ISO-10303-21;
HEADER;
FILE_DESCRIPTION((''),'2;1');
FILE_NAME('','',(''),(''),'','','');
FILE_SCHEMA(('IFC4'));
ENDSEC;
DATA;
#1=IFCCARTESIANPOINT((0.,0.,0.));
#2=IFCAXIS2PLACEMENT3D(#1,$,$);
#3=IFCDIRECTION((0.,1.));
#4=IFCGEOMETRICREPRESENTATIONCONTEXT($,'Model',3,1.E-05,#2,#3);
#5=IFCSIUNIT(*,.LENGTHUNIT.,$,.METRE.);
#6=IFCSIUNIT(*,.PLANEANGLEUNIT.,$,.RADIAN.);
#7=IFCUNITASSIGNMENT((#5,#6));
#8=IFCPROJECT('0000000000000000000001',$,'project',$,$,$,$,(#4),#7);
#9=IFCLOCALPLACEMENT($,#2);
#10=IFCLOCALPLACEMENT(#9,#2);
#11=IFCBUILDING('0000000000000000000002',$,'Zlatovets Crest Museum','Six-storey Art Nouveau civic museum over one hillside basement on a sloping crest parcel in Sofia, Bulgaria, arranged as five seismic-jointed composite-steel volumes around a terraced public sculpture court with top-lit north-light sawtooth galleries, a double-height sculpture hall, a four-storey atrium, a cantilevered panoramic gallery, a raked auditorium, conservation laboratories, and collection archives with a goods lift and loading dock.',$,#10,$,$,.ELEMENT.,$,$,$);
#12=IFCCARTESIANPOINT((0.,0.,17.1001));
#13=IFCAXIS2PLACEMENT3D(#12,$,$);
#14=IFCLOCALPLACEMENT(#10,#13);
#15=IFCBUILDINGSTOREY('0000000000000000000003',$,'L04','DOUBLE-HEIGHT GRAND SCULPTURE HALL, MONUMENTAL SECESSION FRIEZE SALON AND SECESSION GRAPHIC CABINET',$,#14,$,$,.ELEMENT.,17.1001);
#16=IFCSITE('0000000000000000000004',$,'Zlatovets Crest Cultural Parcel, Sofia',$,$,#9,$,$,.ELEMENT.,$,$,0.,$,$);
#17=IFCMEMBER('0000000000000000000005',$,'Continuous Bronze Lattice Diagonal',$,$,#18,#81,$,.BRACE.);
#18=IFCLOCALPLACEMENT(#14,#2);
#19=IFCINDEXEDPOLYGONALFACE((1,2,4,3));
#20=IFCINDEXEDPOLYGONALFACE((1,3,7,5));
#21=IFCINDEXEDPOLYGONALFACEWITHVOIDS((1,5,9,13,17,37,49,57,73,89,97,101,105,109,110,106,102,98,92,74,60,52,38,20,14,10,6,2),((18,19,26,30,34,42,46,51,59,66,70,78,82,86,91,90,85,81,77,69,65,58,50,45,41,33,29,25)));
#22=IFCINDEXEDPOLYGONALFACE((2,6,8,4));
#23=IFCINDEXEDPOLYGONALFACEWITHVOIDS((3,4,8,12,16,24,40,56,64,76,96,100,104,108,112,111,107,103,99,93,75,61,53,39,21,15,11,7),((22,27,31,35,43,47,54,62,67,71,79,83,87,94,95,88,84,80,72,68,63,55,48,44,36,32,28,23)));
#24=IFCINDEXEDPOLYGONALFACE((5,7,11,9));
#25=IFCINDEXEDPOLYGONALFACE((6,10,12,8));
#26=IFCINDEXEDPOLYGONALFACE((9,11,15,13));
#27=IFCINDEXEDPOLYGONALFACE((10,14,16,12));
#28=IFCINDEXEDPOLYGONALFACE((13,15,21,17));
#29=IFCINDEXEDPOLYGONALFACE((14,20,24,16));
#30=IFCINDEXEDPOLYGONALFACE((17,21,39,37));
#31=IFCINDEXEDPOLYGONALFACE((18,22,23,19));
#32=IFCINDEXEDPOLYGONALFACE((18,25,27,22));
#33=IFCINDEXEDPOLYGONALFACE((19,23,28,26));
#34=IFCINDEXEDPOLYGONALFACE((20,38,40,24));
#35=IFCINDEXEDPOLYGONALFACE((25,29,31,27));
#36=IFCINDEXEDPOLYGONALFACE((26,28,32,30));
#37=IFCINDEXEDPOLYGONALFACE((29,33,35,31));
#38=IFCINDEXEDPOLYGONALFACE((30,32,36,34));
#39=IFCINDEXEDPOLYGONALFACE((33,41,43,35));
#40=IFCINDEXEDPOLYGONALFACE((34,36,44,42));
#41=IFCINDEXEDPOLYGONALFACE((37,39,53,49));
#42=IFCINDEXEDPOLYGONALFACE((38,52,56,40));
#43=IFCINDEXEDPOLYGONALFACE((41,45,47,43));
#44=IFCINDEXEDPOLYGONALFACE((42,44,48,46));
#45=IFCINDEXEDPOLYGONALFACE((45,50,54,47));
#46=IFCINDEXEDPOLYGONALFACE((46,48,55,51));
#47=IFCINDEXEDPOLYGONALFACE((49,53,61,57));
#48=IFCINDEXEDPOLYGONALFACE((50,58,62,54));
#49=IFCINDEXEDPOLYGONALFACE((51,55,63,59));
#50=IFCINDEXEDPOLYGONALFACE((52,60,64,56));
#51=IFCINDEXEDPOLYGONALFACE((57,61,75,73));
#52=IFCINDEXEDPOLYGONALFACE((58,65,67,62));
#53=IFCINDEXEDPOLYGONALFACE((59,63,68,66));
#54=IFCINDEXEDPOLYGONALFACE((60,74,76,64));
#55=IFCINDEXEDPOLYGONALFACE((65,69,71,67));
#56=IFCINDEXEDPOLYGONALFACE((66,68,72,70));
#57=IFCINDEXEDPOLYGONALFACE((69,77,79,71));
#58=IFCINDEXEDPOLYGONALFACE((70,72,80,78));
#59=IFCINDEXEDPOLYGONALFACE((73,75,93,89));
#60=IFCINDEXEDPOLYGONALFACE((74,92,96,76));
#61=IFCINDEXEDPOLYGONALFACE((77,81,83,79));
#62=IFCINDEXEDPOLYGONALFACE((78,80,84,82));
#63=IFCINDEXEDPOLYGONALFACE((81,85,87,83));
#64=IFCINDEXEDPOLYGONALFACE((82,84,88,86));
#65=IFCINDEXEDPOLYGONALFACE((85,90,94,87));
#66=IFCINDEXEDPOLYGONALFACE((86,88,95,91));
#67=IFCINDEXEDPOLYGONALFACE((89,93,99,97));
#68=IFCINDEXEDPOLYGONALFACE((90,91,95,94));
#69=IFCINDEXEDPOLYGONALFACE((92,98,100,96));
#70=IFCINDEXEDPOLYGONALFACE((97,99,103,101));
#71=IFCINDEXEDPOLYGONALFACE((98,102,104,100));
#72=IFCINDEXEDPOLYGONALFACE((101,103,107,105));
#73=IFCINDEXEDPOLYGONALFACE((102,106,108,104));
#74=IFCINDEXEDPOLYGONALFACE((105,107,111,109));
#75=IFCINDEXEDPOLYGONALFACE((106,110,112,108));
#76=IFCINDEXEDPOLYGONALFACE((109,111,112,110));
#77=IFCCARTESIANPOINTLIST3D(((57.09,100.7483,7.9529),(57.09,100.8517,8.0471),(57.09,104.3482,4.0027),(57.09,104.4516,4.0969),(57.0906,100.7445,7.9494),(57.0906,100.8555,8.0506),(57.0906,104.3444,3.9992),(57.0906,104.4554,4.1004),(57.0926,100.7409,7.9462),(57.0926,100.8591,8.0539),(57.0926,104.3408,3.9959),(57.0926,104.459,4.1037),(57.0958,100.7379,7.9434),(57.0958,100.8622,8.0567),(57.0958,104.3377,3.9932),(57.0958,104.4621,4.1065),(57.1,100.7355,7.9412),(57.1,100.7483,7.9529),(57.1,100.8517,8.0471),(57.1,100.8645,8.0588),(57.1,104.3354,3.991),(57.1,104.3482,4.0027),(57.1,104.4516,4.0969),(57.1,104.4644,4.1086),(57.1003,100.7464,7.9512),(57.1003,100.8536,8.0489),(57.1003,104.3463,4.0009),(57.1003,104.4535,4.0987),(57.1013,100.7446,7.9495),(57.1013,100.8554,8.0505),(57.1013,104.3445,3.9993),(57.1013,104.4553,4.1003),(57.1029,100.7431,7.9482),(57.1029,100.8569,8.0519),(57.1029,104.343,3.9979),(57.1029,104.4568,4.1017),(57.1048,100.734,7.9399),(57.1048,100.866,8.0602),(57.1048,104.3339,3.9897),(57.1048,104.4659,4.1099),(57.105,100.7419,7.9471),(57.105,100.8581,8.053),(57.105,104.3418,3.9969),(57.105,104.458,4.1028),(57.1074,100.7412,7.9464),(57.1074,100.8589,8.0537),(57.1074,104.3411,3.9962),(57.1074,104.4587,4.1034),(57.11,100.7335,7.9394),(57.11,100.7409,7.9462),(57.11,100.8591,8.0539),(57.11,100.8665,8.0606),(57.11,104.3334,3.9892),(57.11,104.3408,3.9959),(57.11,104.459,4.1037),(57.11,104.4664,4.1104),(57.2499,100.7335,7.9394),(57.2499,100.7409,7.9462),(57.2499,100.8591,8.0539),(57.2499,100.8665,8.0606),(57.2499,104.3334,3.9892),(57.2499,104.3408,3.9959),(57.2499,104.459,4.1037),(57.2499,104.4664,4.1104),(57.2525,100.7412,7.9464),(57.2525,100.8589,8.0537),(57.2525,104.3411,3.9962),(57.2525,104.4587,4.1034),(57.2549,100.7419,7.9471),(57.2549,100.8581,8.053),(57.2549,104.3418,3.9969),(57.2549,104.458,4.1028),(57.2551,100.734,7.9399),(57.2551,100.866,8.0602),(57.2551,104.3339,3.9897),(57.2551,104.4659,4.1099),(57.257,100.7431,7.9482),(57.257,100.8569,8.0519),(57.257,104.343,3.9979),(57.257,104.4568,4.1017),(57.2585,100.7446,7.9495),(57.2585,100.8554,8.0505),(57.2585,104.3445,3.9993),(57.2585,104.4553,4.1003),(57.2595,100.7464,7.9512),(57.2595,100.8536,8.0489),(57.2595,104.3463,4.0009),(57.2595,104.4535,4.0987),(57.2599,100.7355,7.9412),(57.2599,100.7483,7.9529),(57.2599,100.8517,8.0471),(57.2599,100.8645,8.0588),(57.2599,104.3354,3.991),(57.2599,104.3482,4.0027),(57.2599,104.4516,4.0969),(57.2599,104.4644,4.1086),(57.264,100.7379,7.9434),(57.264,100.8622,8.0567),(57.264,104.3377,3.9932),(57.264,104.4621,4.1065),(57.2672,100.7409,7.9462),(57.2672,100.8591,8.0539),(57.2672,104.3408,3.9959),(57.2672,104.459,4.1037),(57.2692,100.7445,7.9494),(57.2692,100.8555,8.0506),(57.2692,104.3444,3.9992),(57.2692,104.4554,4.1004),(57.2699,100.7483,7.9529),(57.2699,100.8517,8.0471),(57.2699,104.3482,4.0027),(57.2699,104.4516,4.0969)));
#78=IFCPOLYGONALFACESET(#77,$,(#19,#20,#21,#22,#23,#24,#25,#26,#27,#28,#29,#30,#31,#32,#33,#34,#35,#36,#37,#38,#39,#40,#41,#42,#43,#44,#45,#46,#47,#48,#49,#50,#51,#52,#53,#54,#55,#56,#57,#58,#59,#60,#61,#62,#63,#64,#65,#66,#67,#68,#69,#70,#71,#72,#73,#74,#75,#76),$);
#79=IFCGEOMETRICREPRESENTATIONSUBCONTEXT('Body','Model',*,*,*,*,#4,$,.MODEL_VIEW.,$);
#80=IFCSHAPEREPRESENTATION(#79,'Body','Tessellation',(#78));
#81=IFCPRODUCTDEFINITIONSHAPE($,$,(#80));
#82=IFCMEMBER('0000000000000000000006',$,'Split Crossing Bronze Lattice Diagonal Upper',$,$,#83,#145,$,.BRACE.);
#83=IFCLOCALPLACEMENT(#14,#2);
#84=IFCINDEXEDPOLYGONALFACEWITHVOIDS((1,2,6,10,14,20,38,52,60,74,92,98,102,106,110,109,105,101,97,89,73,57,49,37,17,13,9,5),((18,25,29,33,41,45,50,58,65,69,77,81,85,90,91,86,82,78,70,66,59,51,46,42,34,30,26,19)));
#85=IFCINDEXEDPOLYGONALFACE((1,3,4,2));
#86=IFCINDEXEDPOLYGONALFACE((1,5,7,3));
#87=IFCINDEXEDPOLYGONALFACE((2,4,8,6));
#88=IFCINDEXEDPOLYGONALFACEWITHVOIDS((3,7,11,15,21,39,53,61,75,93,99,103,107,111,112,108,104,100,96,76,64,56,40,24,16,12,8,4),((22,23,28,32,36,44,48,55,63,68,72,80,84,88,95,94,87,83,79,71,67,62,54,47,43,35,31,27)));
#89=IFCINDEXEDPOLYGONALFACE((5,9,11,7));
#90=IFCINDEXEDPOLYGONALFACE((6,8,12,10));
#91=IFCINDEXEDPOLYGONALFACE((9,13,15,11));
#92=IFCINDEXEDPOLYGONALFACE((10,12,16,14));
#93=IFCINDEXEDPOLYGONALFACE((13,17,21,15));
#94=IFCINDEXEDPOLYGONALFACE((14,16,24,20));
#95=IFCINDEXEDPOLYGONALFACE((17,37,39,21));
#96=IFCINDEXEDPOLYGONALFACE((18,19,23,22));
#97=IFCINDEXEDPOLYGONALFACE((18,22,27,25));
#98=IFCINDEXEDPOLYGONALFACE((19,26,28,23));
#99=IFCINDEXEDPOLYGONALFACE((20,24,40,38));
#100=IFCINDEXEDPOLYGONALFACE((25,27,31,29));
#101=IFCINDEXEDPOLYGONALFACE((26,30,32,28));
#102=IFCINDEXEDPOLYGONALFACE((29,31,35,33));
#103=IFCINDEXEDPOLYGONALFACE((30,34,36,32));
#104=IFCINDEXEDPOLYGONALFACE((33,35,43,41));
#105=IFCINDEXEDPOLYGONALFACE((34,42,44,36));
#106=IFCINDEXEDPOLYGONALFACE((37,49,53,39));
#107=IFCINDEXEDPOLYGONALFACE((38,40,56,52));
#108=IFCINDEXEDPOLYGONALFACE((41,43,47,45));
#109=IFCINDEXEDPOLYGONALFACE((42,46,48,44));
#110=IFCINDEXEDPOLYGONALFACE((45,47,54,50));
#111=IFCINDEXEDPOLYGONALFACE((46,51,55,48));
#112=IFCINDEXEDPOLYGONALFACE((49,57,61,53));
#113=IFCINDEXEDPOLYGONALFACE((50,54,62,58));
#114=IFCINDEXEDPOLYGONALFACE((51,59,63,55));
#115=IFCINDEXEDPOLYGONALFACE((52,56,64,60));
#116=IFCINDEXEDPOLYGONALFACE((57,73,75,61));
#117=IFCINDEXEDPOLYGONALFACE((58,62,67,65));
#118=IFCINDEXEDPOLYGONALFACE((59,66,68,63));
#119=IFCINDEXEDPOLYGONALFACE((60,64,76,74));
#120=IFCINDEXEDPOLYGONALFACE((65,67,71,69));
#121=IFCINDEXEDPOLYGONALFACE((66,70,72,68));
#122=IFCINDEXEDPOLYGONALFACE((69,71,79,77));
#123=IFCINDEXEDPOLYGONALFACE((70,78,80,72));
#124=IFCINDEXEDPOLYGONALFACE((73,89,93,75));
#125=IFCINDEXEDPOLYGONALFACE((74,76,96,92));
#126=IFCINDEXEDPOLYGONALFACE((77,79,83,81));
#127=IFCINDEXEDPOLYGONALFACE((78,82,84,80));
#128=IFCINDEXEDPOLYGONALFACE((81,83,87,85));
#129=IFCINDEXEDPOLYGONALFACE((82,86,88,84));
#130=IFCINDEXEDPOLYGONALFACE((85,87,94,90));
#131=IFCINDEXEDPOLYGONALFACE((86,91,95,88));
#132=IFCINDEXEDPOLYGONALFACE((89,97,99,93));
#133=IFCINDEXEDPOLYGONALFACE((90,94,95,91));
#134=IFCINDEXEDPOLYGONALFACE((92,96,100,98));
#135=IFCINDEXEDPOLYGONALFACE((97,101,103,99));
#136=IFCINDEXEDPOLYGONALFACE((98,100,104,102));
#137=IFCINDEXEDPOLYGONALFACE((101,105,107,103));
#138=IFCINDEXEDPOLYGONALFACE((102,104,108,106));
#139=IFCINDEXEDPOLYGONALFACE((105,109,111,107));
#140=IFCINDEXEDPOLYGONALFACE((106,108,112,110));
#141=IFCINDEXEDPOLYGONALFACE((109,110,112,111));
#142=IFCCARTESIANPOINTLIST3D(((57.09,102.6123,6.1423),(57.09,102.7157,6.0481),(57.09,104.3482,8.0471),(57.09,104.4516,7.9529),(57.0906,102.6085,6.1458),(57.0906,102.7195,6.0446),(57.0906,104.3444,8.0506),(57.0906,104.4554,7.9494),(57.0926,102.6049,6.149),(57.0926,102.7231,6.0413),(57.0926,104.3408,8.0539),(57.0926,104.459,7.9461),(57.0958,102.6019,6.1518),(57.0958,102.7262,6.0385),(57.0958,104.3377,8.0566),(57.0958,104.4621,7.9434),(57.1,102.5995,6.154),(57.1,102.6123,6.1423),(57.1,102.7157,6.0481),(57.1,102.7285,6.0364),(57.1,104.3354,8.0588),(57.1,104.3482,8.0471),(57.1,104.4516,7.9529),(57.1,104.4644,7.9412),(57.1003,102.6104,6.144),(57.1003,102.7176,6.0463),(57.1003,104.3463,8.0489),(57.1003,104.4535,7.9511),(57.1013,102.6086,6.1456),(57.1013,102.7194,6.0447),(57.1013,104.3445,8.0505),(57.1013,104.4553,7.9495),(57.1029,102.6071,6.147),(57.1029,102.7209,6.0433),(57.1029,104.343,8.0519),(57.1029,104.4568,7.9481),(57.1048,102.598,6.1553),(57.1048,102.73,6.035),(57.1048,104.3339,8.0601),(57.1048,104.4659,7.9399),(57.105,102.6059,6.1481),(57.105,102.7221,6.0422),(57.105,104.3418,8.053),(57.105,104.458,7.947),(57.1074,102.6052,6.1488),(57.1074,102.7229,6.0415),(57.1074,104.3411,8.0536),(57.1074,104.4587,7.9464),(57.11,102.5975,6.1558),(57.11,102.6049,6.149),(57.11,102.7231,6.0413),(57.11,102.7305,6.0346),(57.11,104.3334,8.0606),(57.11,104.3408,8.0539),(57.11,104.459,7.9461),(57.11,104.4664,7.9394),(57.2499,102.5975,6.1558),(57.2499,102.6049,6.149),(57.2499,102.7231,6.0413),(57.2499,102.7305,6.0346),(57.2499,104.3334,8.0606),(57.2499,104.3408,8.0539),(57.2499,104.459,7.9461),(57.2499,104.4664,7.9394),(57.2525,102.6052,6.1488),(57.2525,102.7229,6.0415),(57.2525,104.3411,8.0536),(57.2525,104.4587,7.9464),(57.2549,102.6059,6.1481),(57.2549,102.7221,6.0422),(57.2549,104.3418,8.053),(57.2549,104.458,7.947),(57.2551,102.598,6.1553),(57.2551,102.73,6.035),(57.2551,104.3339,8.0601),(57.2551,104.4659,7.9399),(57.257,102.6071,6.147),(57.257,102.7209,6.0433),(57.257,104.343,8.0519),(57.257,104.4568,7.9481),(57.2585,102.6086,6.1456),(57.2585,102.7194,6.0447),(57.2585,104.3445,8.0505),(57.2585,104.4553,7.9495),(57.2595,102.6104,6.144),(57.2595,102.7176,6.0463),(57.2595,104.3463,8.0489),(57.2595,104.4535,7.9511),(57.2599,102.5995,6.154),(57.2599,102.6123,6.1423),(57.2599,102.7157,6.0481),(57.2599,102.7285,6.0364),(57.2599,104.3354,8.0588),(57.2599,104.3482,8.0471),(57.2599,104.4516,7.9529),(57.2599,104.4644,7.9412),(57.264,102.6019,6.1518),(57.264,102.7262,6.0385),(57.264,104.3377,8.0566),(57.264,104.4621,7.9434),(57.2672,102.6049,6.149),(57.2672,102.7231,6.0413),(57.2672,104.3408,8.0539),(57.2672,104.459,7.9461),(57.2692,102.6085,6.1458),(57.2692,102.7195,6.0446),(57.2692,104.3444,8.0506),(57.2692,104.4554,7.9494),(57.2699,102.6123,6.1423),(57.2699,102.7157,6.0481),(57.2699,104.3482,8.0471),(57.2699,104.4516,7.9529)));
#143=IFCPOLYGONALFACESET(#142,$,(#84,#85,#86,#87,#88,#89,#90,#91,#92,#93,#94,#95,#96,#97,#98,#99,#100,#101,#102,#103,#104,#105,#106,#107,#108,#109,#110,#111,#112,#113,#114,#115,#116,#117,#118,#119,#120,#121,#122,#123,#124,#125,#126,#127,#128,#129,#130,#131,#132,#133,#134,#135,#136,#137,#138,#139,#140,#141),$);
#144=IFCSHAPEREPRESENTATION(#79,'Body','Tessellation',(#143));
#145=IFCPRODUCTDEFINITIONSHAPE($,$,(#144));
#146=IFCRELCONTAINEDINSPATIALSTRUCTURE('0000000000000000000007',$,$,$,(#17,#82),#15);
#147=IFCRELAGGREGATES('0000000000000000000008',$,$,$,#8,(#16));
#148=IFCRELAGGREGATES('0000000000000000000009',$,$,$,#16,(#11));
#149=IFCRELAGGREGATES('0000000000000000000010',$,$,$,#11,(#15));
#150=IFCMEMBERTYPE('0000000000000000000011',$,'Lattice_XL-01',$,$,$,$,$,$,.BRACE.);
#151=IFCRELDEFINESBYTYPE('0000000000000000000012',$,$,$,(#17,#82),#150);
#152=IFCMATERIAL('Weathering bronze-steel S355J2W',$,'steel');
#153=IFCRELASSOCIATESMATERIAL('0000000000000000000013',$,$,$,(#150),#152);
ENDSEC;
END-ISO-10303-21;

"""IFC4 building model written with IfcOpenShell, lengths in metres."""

from ifc_helpers import new_model, si_unit, direction, frame, origin, origin_2d, place, context, subcontext, project, spatial, hollow_rectangle, extrude, material, material_profile, profile_set, type_object, element, save


model = new_model("IFC4")

# Units and contexts
model_context = context("Model", 3, precision=1e-05, world=origin(), true_north=direction((0.0, 1.0)))
body_context = subcontext(model_context, "Body", "Model", "MODEL_VIEW")
ifc_project = project(units=[si_unit("LENGTHUNIT", "METRE"), si_unit("PLANEANGLEUNIT", "RADIAN")], contexts=[model_context])

# Site, building, storey
site_placement = place(None, origin())
site = spatial("IfcSite", under=ifc_project, at=site_placement, Name="Zlatovets Crest Cultural Parcel, Sofia", CompositionType="ELEMENT", RefElevation=0.0)
building_placement = place(site_placement, origin())
building = spatial("IfcBuilding", under=site, at=building_placement, Name="Zlatovets Crest Museum", Description="Six-storey Art Nouveau civic museum over one hillside basement on a sloping crest parcel in Sofia, Bulgaria, arranged as five seismic-jointed composite-steel volumes around a terraced public sculpture court with top-lit north-light sawtooth galleries, a double-height sculpture hall, a four-storey atrium, a cantilevered panoramic gallery, a raked auditorium, conservation laboratories, and collection archives with a goods lift and loading dock.", CompositionType="ELEMENT")
storey_placement = place(building_placement, frame((0.0, 0.0, 17.1001)))
storey = spatial("IfcBuildingStorey", under=building, at=storey_placement, Name="L04", Description="DOUBLE-HEIGHT GRAND SCULPTURE HALL, MONUMENTAL SECESSION FRIEZE SALON AND SECESSION GRAPHIC CABINET", CompositionType="ELEMENT", Elevation=17.1001)

# Members
ifc_material_1 = material(Name="Weathering bronze-steel S355J2W", Category="steel")
ifc_material_profile_1 = material_profile(ifc_material_1, hollow_rectangle(XDim=0.1799, YDim=0.1799, WallThickness=0.01, InnerFilletRadius=0.01, OuterFilletRadius=0.02, at=origin_2d()), Name="SHS 180x180x10.0")
ifc_profile_set_1 = profile_set([ifc_material_profile_1], Name="Weathering bronze-steel S355J2W")
member_type_1 = type_object("IfcMemberType", Name="Lattice_XL-01", PredefinedType="BRACE", material=ifc_profile_set_1)
member_1_placement = place(storey_placement, frame((57.1799, 104.3999, 4.0498), z_axis=(0.0, -0.67357, 0.739123), x_axis=(1.0, 0.0, 0.0)))
element("IfcMember", 1, at=member_1_placement, inside=storey, type_object=member_type_1, Name="Continuous Bronze Lattice Diagonal", PredefinedType="BRACE", context=body_context, shape_type="SweptSolid", body=[
    extrude(hollow_rectangle(XDim=0.1799, YDim=0.1799, WallThickness=0.01, InnerFilletRadius=0.01, OuterFilletRadius=0.02, at=origin_2d()), origin(), (0.0, 0.0, 1.0), 5.3445),
])
for number, where, z_axis, x_axis, name in (
    (2, (57.1799, 104.3999, 8.0), (0.0, -0.673568, -0.739125), (1.0, 0.0, 0.0), "Split Crossing Bronze Lattice Diagonal Upper"),
):
    element("IfcMember", number, at=place(storey_placement, frame(where, z_axis=z_axis, x_axis=x_axis)), inside=storey, type_object=member_type_1, Name=name, PredefinedType="BRACE", context=body_context, shape_type="SweptSolid", body=[
        extrude(hollow_rectangle(XDim=0.1799, YDim=0.1799, WallThickness=0.01, InnerFilletRadius=0.01, OuterFilletRadius=0.02, at=origin_2d()), origin(), (0.0, 0.0, 1.0), 2.5771),
    ])

save(model, "model.ifc")
